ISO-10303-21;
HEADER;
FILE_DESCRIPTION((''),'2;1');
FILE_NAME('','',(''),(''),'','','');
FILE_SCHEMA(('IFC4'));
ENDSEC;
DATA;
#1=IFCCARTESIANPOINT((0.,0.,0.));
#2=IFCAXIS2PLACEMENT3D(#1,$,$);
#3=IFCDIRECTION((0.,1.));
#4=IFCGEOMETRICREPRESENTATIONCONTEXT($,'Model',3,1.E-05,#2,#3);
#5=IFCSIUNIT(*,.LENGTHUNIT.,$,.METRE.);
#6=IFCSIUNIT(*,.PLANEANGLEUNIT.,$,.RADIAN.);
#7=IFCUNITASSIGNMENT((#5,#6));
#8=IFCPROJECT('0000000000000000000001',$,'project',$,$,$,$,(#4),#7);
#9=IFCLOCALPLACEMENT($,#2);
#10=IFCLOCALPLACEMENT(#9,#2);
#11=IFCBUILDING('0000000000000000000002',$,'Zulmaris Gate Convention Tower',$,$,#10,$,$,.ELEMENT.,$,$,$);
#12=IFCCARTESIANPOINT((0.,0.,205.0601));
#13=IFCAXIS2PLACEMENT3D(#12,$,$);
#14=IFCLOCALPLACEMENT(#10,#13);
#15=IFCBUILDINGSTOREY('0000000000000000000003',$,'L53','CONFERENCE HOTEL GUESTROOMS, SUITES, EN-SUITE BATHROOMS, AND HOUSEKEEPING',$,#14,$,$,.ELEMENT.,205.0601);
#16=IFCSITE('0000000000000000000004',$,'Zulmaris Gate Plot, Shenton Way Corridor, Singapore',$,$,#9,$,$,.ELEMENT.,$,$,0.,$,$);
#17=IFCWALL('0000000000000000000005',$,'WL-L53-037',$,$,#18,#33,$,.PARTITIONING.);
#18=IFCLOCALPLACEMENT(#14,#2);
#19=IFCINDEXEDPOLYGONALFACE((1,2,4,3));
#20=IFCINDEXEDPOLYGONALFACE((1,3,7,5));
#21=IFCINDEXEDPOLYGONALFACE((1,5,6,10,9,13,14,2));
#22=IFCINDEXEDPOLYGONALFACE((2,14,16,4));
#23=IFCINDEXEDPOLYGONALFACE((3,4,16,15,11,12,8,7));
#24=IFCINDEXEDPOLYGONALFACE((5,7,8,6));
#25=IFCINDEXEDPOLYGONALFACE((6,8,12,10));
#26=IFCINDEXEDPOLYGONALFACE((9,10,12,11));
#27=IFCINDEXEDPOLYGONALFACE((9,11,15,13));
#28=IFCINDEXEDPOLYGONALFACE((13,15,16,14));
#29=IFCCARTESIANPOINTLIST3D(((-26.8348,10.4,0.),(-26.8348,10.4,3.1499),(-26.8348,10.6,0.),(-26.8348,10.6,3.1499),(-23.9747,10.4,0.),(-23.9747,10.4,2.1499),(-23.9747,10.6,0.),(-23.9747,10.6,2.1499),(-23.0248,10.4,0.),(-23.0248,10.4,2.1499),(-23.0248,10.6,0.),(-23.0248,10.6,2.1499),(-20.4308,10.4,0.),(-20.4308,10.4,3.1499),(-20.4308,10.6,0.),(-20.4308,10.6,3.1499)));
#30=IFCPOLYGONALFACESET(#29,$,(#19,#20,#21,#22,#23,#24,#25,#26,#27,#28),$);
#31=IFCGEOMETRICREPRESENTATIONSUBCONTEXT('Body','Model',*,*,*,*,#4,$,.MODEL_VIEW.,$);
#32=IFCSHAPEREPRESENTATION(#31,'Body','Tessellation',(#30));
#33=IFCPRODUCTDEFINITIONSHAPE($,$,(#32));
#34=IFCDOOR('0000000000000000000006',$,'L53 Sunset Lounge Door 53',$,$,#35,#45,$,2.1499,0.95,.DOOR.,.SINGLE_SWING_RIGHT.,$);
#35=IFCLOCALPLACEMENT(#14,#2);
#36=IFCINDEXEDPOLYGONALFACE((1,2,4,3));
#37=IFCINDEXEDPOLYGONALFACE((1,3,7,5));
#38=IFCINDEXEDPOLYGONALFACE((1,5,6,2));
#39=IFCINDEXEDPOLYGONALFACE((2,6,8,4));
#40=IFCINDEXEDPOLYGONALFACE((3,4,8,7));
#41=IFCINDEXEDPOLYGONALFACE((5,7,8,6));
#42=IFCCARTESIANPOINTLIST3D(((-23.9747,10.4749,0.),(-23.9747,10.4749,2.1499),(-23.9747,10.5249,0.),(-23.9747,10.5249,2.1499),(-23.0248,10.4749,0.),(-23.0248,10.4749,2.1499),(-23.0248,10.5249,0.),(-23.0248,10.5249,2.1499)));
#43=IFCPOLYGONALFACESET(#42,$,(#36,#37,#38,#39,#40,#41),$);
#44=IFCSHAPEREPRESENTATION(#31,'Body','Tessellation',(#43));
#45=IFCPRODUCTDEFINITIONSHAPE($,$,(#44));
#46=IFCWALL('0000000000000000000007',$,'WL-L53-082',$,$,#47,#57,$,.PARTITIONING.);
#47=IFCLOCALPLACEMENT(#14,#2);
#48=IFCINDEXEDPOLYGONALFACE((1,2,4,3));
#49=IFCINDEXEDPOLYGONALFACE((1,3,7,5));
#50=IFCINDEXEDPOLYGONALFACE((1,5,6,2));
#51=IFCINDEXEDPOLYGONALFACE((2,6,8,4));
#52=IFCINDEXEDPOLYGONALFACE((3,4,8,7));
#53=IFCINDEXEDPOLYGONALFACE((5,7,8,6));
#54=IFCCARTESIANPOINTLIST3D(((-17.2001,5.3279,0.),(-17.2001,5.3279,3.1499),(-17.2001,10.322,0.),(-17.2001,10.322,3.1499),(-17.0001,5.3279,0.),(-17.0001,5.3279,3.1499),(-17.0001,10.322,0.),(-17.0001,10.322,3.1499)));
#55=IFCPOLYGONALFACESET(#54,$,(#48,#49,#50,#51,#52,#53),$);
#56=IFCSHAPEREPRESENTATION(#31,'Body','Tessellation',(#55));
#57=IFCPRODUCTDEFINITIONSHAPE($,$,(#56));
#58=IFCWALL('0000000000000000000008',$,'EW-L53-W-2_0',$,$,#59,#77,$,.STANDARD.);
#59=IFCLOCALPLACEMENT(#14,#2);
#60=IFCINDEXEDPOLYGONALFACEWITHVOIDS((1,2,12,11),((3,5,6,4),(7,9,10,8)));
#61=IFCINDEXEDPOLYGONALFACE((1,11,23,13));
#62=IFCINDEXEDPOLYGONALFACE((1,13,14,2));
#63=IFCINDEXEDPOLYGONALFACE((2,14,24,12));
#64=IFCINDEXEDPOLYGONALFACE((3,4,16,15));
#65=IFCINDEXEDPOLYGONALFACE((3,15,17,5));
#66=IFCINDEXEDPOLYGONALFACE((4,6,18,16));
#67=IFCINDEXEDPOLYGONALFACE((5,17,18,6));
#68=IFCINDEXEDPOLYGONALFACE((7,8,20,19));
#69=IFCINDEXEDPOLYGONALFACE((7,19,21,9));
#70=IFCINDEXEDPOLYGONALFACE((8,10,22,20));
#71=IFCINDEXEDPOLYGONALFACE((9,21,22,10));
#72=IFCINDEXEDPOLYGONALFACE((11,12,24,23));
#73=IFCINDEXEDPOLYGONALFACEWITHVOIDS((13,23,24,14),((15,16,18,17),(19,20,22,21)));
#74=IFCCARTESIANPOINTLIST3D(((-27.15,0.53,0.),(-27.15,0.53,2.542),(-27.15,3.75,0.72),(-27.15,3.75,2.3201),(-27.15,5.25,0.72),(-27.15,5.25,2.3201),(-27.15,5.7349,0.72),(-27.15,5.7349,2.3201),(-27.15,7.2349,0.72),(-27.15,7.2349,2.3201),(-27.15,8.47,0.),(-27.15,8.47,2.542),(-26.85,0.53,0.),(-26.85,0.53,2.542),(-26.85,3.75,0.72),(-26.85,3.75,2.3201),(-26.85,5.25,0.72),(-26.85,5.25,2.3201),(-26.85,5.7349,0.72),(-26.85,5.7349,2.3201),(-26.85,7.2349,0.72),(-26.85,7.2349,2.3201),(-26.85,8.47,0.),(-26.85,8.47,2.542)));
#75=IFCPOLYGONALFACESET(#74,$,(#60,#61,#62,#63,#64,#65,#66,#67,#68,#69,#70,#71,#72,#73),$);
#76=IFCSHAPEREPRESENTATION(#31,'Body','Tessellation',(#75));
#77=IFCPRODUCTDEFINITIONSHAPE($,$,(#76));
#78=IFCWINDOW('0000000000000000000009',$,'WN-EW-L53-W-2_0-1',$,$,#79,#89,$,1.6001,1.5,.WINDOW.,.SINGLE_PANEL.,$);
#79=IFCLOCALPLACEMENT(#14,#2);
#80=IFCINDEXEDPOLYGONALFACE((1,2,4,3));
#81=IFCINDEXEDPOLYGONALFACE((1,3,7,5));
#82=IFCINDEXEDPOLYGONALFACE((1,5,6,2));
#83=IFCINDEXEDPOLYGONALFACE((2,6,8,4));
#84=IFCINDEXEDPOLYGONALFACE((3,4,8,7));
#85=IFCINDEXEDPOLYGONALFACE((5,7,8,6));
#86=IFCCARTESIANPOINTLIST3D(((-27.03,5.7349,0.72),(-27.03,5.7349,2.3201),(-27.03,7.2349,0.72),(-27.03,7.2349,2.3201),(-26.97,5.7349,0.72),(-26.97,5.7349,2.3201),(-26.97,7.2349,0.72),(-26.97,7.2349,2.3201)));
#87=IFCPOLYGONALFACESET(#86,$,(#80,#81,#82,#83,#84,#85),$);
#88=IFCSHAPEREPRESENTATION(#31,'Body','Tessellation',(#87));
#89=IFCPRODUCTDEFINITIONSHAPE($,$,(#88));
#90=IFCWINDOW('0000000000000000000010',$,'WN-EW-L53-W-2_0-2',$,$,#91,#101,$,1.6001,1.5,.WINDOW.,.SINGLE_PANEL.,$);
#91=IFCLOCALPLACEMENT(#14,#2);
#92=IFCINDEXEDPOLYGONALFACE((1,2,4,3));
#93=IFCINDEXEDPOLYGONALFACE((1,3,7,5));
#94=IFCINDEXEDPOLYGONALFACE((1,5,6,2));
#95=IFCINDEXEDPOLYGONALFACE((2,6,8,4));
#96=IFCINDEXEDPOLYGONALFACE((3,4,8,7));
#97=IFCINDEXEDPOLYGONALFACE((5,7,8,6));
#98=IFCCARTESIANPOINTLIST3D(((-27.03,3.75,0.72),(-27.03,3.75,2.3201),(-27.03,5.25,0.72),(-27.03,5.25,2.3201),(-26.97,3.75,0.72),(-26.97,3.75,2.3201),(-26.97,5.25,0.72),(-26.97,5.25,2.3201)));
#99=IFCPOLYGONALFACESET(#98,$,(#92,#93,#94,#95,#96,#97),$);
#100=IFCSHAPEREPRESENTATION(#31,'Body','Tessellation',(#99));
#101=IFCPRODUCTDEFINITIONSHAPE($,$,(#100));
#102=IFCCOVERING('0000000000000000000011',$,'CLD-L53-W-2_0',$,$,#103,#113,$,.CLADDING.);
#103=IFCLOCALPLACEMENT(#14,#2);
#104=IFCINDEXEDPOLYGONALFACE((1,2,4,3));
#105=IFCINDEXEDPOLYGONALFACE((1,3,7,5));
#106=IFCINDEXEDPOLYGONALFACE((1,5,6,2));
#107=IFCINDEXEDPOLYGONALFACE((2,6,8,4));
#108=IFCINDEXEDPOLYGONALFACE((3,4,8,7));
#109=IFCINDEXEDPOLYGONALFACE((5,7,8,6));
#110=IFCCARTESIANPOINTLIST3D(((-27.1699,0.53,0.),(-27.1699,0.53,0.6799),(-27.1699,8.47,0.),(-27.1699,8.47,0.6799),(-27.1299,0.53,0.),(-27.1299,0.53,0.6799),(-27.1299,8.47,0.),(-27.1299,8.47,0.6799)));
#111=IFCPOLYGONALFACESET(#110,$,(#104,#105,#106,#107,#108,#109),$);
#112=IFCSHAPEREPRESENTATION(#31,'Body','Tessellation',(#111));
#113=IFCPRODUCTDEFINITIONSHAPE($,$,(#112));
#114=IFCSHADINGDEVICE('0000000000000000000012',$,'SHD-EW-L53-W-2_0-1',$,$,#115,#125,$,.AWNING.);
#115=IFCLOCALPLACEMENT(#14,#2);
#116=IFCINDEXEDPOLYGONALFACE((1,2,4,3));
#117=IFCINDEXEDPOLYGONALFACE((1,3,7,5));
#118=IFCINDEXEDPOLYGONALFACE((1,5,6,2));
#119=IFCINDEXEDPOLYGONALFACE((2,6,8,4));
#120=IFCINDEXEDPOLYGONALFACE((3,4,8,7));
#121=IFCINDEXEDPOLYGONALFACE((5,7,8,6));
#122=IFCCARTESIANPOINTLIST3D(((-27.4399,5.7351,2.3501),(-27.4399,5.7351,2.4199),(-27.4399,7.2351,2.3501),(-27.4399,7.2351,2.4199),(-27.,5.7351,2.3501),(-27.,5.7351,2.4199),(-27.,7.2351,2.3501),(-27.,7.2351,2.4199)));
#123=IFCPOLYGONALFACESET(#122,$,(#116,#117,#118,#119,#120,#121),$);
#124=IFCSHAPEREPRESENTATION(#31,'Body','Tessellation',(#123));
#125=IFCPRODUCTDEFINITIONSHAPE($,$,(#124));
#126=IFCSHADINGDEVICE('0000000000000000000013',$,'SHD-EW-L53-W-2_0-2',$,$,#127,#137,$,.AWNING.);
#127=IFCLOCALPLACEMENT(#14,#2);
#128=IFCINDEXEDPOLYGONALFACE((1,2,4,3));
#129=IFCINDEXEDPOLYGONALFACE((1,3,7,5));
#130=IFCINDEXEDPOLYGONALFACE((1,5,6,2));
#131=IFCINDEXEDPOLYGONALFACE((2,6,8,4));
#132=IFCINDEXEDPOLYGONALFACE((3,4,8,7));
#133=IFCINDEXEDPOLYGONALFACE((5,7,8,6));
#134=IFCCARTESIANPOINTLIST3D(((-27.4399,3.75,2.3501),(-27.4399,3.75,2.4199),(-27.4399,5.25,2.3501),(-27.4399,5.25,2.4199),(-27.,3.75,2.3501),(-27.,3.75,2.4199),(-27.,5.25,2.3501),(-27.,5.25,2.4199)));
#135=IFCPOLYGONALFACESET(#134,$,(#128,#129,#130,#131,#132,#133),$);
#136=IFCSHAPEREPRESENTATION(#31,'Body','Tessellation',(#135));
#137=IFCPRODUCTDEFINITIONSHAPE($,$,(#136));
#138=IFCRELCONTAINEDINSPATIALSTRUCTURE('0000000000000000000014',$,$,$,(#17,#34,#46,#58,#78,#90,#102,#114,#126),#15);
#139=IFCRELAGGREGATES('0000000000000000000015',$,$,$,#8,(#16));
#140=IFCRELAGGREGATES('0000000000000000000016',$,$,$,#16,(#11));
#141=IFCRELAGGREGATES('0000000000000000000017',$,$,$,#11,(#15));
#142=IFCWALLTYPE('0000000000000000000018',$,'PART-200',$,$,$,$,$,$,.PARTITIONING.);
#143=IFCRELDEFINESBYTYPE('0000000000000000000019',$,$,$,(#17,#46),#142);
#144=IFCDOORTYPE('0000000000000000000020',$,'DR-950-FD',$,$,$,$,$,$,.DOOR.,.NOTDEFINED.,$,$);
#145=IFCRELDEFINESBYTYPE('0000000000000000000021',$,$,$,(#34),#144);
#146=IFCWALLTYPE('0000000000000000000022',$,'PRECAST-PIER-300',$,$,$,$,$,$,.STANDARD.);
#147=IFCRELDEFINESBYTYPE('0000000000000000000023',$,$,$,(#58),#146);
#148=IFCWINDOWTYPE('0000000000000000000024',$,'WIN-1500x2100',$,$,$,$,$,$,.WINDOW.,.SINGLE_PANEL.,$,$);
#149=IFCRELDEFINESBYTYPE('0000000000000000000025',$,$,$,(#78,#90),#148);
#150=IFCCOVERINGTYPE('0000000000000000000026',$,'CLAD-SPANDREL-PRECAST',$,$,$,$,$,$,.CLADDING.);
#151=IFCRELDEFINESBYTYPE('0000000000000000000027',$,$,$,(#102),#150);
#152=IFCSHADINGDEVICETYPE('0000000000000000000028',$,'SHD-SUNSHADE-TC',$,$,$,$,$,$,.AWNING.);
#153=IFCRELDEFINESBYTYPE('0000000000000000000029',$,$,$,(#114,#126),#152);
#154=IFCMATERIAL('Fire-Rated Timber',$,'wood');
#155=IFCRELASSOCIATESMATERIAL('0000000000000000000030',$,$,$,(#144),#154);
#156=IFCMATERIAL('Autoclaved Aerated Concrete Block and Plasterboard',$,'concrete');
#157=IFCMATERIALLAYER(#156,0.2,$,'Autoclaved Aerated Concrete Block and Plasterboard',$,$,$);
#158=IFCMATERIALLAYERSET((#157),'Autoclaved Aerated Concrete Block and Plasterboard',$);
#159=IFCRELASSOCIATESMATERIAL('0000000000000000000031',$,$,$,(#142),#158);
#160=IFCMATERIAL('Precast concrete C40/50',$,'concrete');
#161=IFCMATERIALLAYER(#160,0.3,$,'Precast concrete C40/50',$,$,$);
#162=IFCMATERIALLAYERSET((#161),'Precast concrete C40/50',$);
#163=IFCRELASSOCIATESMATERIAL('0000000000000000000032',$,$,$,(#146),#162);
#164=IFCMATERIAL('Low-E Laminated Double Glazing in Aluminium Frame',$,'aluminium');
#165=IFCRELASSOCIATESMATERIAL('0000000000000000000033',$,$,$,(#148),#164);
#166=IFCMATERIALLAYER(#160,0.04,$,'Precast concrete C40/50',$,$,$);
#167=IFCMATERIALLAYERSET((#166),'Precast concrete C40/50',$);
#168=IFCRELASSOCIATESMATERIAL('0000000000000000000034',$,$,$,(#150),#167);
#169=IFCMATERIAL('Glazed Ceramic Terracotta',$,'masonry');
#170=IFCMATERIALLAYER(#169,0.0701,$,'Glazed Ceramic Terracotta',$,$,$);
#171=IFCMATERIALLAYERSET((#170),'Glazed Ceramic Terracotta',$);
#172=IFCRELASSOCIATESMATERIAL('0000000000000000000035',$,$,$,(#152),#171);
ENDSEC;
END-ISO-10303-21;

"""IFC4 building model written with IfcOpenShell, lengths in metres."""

from ifc_helpers import new_model, si_unit, direction, frame, frame_2d, origin, place, context, subcontext, project, spatial, rectangle, extrude, material, layer, layer_set, type_object, element, fill, save


model = new_model("IFC4")

# Units and contexts
model_context = context("Model", 3, precision=1e-05, world=origin(), true_north=direction((0.0, 1.0)))
body_context = subcontext(model_context, "Body", "Model", "MODEL_VIEW")
ifc_project = project(units=[si_unit("LENGTHUNIT", "METRE"), si_unit("PLANEANGLEUNIT", "RADIAN")], contexts=[model_context])

# Site, building, storey
site_placement = place(None, origin())
site = spatial("IfcSite", under=ifc_project, at=site_placement, Name="Zulmaris Gate Plot, Shenton Way Corridor, Singapore", CompositionType="ELEMENT", RefElevation=0.0)
building_placement = place(site_placement, origin())
building = spatial("IfcBuilding", under=site, at=building_placement, Name="Zulmaris Gate Convention Tower", CompositionType="ELEMENT")
storey_placement = place(building_placement, frame((0.0, 0.0, 205.0601)))
storey = spatial("IfcBuildingStorey", under=building, at=storey_placement, Name="L53", Description="CONFERENCE HOTEL GUESTROOMS, SUITES, EN-SUITE BATHROOMS, AND HOUSEKEEPING", CompositionType="ELEMENT", Elevation=205.0601)

# Shared definitions
ifc_material_1 = material(Name="Fire-Rated Timber", Category="wood")
door_type_1 = type_object("IfcDoorType", Name="DR-950-FD", OperationType="NOTDEFINED", PredefinedType="DOOR", material=ifc_material_1)

# Shared definitions
ifc_material_2 = material(Name="Autoclaved Aerated Concrete Block and Plasterboard", Category="concrete")
ifc_layer_1 = layer(ifc_material_2, 0.2, Name="Autoclaved Aerated Concrete Block and Plasterboard")
ifc_layer_set_1 = layer_set([ifc_layer_1], Name="Autoclaved Aerated Concrete Block and Plasterboard")
wall_type_1 = type_object("IfcWallType", Name="PART-200", PredefinedType="PARTITIONING", material=ifc_layer_set_1)

# Wall, opening, door
wall_1_placement = place(storey_placement, frame((-26.835, 10.5, 0.0), z_axis=(0.0, 0.0, 1.0), x_axis=(1.0, 0.0, 0.0)))
wall_1 = element("IfcWall", 1, at=wall_1_placement, inside=storey, type_object=wall_type_1, Name="WL-L53-037", PredefinedType="PARTITIONING", context=body_context, shape_type="SweptSolid", body=[
    extrude(rectangle(XDim=6.4041, YDim=0.2, at=frame_2d((3.2021, 0.0))), origin(), (0.0, 0.0, 1.0), 3.1499),
])
opening_1_placement = place(wall_1_placement, frame((2.8601, 0.0, 0.0)))
opening_1 = element("IfcOpeningElement", 2, at=opening_1_placement, cuts=wall_1, PredefinedType="OPENING", context=body_context, shape_type="SweptSolid", body=[
    extrude(rectangle(XDim=0.95, YDim=2.1499, at=frame_2d((0.4751, 1.075))), frame((0.0, 0.1099, 0.0), z_axis=(0.0, -1.0, 0.0), x_axis=(1.0, 0.0, 0.0)), (0.0, 0.0, 1.0), 0.22),
])
door_1_placement = place(opening_1_placement, origin())
door_1 = element("IfcDoor", 3, at=door_1_placement, inside=storey, type_object=door_type_1, Name="L53 Sunset Lounge Door 53", OperationType="SINGLE_SWING_RIGHT", OverallHeight=2.1499, OverallWidth=0.95, PredefinedType="DOOR", context=body_context, shape_type="SweptSolid", body=[
    extrude(rectangle(XDim=0.95, YDim=2.1499, at=frame_2d((0.4751, 1.075))), frame((0.0, 0.0249, 0.0), z_axis=(0.0, -1.0, 0.0), x_axis=(1.0, 0.0, 0.0)), (0.0, 0.0, 1.0), 0.05),
])
fill(opening_1, door_1)

# Wall
wall_2_placement = place(storey_placement, frame((-17.1001, 5.3279, 0.0), z_axis=(0.0, 0.0, 1.0), x_axis=(0.0, 1.0, 0.0)))
element("IfcWall", 4, at=wall_2_placement, inside=storey, type_object=wall_type_1, Name="WL-L53-082", PredefinedType="PARTITIONING", context=body_context, shape_type="SweptSolid", body=[
    extrude(rectangle(XDim=4.9941, YDim=0.2, at=frame_2d((2.4971, 0.0))), origin(), (0.0, 0.0, 1.0), 3.1499),
])

# Wall, openings, windows
ifc_material_3 = material(Name="Precast concrete C40/50", Category="concrete")
ifc_layer_2 = layer(ifc_material_3, 0.3, Name="Precast concrete C40/50")
ifc_layer_set_2 = layer_set([ifc_layer_2], Name="Precast concrete C40/50")
wall_type_2 = type_object("IfcWallType", Name="PRECAST-PIER-300", PredefinedType="STANDARD", material=ifc_layer_set_2)
wall_3_placement = place(storey_placement, frame((-27.0, 8.47, 0.0), z_axis=(0.0, 0.0, 1.0), x_axis=(0.0, -1.0, 0.0)))
wall_3 = element("IfcWall", 5, at=wall_3_placement, inside=storey, type_object=wall_type_2, Name="EW-L53-W-2_0", PredefinedType="STANDARD", context=body_context, shape_type="SweptSolid", body=[
    extrude(rectangle(XDim=7.9399, YDim=0.3, at=frame_2d((3.97, 0.0))), origin(), (0.0, 0.0, 1.0), 2.542),
])
opening_2_placement = place(wall_3_placement, frame((1.2351, 0.0, 0.72)))
opening_2 = element("IfcOpeningElement", 6, at=opening_2_placement, cuts=wall_3, PredefinedType="OPENING", context=body_context, shape_type="SweptSolid", body=[
    extrude(rectangle(XDim=1.5, YDim=1.6001, at=frame_2d((0.75, 0.8))), frame((0.0, 0.1602, 0.0), z_axis=(0.0, -1.0, 0.0), x_axis=(1.0, 0.0, 0.0)), (0.0, 0.0, 1.0), 0.3201),
])
opening_3_placement = place(wall_3_placement, frame((3.22, 0.0, 0.72)))
opening_3 = element("IfcOpeningElement", 7, at=opening_3_placement, cuts=wall_3, PredefinedType="OPENING", context=body_context, shape_type="SweptSolid", body=[
    extrude(rectangle(XDim=1.5, YDim=1.6001, at=frame_2d((0.75, 0.8))), frame((0.0, 0.1602, 0.0), z_axis=(0.0, -1.0, 0.0), x_axis=(1.0, 0.0, 0.0)), (0.0, 0.0, 1.0), 0.3201),
])
ifc_material_4 = material(Name="Low-E Laminated Double Glazing in Aluminium Frame", Category="aluminium")
window_type = type_object("IfcWindowType", Name="WIN-1500x2100", PartitioningType="SINGLE_PANEL", PredefinedType="WINDOW", material=ifc_material_4)
window_1_placement = place(opening_2_placement, origin())
window_1 = element("IfcWindow", 8, at=window_1_placement, inside=storey, type_object=window_type, Name="WN-EW-L53-W-2_0-1", OverallHeight=1.6001, OverallWidth=1.5, PartitioningType="SINGLE_PANEL", PredefinedType="WINDOW", context=body_context, shape_type="SweptSolid", body=[
    extrude(rectangle(XDim=1.5, YDim=1.6001, at=frame_2d((0.75, 0.8))), frame((0.0, 0.03, 0.0), z_axis=(0.0, -1.0, 0.0), x_axis=(1.0, 0.0, 0.0)), (0.0, 0.0, 1.0), 0.0601),
])
fill(opening_2, window_1)
window_2_placement = place(opening_3_placement, origin())
window_2 = element("IfcWindow", 9, at=window_2_placement, inside=storey, type_object=window_type, Name="WN-EW-L53-W-2_0-2", OverallHeight=1.6001, OverallWidth=1.5, PartitioningType="SINGLE_PANEL", PredefinedType="WINDOW", context=body_context, shape_type="SweptSolid", body=[
    extrude(rectangle(XDim=1.5, YDim=1.6001, at=frame_2d((0.75, 0.8))), frame((0.0, 0.03, 0.0), z_axis=(0.0, -1.0, 0.0), x_axis=(1.0, 0.0, 0.0)), (0.0, 0.0, 1.0), 0.0601),
])
fill(opening_3, window_2)

# Covering
ifc_layer_3 = layer(ifc_material_3, 0.04, Name="Precast concrete C40/50")
ifc_layer_set_3 = layer_set([ifc_layer_3], Name="Precast concrete C40/50")
covering_type = type_object("IfcCoveringType", Name="CLAD-SPANDREL-PRECAST", PredefinedType="CLADDING", material=ifc_layer_set_3)
covering_placement = place(storey_placement, frame((-27.1499, 8.47, 0.0), z_axis=(0.0, 0.0, 1.0), x_axis=(0.0, -1.0, 0.0)))
element("IfcCovering", 10, at=covering_placement, inside=storey, type_object=covering_type, Name="CLD-L53-W-2_0", PredefinedType="CLADDING", context=body_context, shape_type="SweptSolid", body=[
    extrude(rectangle(XDim=7.9399, YDim=0.04, at=frame_2d((3.97, 0.0))), origin(), (0.0, 0.0, 1.0), 0.6799),
])

# Shading devices
ifc_material_5 = material(Name="Glazed Ceramic Terracotta", Category="masonry")
ifc_layer_4 = layer(ifc_material_5, 0.0701, Name="Glazed Ceramic Terracotta")
ifc_layer_set_4 = layer_set([ifc_layer_4], Name="Glazed Ceramic Terracotta")
shading_device_type = type_object("IfcShadingDeviceType", Name="SHD-SUNSHADE-TC", PredefinedType="AWNING", material=ifc_layer_set_4)
for number, where, z_axis, x_axis, name in (
    (11, (-27.22, 7.2351, 2.3501), (0.0, 0.0, 1.0), (0.0, -1.0, 0.0), "SHD-EW-L53-W-2_0-1"),
    (12, (-27.22, 5.25, 2.3501), (0.0, 0.0, 1.0), (0.0, -1.0, 0.0), "SHD-EW-L53-W-2_0-2"),
):
    element("IfcShadingDevice", number, at=place(storey_placement, frame(where, z_axis=z_axis, x_axis=x_axis)), inside=storey, type_object=shading_device_type, Name=name, PredefinedType="AWNING", context=body_context, shape_type="SweptSolid", body=[
        extrude(rectangle(XDim=1.5, YDim=0.4399, at=frame_2d((0.75, 0.0))), origin(), (0.0, 0.0, 1.0), 0.0698),
    ])

save(model, "model.ifc")
